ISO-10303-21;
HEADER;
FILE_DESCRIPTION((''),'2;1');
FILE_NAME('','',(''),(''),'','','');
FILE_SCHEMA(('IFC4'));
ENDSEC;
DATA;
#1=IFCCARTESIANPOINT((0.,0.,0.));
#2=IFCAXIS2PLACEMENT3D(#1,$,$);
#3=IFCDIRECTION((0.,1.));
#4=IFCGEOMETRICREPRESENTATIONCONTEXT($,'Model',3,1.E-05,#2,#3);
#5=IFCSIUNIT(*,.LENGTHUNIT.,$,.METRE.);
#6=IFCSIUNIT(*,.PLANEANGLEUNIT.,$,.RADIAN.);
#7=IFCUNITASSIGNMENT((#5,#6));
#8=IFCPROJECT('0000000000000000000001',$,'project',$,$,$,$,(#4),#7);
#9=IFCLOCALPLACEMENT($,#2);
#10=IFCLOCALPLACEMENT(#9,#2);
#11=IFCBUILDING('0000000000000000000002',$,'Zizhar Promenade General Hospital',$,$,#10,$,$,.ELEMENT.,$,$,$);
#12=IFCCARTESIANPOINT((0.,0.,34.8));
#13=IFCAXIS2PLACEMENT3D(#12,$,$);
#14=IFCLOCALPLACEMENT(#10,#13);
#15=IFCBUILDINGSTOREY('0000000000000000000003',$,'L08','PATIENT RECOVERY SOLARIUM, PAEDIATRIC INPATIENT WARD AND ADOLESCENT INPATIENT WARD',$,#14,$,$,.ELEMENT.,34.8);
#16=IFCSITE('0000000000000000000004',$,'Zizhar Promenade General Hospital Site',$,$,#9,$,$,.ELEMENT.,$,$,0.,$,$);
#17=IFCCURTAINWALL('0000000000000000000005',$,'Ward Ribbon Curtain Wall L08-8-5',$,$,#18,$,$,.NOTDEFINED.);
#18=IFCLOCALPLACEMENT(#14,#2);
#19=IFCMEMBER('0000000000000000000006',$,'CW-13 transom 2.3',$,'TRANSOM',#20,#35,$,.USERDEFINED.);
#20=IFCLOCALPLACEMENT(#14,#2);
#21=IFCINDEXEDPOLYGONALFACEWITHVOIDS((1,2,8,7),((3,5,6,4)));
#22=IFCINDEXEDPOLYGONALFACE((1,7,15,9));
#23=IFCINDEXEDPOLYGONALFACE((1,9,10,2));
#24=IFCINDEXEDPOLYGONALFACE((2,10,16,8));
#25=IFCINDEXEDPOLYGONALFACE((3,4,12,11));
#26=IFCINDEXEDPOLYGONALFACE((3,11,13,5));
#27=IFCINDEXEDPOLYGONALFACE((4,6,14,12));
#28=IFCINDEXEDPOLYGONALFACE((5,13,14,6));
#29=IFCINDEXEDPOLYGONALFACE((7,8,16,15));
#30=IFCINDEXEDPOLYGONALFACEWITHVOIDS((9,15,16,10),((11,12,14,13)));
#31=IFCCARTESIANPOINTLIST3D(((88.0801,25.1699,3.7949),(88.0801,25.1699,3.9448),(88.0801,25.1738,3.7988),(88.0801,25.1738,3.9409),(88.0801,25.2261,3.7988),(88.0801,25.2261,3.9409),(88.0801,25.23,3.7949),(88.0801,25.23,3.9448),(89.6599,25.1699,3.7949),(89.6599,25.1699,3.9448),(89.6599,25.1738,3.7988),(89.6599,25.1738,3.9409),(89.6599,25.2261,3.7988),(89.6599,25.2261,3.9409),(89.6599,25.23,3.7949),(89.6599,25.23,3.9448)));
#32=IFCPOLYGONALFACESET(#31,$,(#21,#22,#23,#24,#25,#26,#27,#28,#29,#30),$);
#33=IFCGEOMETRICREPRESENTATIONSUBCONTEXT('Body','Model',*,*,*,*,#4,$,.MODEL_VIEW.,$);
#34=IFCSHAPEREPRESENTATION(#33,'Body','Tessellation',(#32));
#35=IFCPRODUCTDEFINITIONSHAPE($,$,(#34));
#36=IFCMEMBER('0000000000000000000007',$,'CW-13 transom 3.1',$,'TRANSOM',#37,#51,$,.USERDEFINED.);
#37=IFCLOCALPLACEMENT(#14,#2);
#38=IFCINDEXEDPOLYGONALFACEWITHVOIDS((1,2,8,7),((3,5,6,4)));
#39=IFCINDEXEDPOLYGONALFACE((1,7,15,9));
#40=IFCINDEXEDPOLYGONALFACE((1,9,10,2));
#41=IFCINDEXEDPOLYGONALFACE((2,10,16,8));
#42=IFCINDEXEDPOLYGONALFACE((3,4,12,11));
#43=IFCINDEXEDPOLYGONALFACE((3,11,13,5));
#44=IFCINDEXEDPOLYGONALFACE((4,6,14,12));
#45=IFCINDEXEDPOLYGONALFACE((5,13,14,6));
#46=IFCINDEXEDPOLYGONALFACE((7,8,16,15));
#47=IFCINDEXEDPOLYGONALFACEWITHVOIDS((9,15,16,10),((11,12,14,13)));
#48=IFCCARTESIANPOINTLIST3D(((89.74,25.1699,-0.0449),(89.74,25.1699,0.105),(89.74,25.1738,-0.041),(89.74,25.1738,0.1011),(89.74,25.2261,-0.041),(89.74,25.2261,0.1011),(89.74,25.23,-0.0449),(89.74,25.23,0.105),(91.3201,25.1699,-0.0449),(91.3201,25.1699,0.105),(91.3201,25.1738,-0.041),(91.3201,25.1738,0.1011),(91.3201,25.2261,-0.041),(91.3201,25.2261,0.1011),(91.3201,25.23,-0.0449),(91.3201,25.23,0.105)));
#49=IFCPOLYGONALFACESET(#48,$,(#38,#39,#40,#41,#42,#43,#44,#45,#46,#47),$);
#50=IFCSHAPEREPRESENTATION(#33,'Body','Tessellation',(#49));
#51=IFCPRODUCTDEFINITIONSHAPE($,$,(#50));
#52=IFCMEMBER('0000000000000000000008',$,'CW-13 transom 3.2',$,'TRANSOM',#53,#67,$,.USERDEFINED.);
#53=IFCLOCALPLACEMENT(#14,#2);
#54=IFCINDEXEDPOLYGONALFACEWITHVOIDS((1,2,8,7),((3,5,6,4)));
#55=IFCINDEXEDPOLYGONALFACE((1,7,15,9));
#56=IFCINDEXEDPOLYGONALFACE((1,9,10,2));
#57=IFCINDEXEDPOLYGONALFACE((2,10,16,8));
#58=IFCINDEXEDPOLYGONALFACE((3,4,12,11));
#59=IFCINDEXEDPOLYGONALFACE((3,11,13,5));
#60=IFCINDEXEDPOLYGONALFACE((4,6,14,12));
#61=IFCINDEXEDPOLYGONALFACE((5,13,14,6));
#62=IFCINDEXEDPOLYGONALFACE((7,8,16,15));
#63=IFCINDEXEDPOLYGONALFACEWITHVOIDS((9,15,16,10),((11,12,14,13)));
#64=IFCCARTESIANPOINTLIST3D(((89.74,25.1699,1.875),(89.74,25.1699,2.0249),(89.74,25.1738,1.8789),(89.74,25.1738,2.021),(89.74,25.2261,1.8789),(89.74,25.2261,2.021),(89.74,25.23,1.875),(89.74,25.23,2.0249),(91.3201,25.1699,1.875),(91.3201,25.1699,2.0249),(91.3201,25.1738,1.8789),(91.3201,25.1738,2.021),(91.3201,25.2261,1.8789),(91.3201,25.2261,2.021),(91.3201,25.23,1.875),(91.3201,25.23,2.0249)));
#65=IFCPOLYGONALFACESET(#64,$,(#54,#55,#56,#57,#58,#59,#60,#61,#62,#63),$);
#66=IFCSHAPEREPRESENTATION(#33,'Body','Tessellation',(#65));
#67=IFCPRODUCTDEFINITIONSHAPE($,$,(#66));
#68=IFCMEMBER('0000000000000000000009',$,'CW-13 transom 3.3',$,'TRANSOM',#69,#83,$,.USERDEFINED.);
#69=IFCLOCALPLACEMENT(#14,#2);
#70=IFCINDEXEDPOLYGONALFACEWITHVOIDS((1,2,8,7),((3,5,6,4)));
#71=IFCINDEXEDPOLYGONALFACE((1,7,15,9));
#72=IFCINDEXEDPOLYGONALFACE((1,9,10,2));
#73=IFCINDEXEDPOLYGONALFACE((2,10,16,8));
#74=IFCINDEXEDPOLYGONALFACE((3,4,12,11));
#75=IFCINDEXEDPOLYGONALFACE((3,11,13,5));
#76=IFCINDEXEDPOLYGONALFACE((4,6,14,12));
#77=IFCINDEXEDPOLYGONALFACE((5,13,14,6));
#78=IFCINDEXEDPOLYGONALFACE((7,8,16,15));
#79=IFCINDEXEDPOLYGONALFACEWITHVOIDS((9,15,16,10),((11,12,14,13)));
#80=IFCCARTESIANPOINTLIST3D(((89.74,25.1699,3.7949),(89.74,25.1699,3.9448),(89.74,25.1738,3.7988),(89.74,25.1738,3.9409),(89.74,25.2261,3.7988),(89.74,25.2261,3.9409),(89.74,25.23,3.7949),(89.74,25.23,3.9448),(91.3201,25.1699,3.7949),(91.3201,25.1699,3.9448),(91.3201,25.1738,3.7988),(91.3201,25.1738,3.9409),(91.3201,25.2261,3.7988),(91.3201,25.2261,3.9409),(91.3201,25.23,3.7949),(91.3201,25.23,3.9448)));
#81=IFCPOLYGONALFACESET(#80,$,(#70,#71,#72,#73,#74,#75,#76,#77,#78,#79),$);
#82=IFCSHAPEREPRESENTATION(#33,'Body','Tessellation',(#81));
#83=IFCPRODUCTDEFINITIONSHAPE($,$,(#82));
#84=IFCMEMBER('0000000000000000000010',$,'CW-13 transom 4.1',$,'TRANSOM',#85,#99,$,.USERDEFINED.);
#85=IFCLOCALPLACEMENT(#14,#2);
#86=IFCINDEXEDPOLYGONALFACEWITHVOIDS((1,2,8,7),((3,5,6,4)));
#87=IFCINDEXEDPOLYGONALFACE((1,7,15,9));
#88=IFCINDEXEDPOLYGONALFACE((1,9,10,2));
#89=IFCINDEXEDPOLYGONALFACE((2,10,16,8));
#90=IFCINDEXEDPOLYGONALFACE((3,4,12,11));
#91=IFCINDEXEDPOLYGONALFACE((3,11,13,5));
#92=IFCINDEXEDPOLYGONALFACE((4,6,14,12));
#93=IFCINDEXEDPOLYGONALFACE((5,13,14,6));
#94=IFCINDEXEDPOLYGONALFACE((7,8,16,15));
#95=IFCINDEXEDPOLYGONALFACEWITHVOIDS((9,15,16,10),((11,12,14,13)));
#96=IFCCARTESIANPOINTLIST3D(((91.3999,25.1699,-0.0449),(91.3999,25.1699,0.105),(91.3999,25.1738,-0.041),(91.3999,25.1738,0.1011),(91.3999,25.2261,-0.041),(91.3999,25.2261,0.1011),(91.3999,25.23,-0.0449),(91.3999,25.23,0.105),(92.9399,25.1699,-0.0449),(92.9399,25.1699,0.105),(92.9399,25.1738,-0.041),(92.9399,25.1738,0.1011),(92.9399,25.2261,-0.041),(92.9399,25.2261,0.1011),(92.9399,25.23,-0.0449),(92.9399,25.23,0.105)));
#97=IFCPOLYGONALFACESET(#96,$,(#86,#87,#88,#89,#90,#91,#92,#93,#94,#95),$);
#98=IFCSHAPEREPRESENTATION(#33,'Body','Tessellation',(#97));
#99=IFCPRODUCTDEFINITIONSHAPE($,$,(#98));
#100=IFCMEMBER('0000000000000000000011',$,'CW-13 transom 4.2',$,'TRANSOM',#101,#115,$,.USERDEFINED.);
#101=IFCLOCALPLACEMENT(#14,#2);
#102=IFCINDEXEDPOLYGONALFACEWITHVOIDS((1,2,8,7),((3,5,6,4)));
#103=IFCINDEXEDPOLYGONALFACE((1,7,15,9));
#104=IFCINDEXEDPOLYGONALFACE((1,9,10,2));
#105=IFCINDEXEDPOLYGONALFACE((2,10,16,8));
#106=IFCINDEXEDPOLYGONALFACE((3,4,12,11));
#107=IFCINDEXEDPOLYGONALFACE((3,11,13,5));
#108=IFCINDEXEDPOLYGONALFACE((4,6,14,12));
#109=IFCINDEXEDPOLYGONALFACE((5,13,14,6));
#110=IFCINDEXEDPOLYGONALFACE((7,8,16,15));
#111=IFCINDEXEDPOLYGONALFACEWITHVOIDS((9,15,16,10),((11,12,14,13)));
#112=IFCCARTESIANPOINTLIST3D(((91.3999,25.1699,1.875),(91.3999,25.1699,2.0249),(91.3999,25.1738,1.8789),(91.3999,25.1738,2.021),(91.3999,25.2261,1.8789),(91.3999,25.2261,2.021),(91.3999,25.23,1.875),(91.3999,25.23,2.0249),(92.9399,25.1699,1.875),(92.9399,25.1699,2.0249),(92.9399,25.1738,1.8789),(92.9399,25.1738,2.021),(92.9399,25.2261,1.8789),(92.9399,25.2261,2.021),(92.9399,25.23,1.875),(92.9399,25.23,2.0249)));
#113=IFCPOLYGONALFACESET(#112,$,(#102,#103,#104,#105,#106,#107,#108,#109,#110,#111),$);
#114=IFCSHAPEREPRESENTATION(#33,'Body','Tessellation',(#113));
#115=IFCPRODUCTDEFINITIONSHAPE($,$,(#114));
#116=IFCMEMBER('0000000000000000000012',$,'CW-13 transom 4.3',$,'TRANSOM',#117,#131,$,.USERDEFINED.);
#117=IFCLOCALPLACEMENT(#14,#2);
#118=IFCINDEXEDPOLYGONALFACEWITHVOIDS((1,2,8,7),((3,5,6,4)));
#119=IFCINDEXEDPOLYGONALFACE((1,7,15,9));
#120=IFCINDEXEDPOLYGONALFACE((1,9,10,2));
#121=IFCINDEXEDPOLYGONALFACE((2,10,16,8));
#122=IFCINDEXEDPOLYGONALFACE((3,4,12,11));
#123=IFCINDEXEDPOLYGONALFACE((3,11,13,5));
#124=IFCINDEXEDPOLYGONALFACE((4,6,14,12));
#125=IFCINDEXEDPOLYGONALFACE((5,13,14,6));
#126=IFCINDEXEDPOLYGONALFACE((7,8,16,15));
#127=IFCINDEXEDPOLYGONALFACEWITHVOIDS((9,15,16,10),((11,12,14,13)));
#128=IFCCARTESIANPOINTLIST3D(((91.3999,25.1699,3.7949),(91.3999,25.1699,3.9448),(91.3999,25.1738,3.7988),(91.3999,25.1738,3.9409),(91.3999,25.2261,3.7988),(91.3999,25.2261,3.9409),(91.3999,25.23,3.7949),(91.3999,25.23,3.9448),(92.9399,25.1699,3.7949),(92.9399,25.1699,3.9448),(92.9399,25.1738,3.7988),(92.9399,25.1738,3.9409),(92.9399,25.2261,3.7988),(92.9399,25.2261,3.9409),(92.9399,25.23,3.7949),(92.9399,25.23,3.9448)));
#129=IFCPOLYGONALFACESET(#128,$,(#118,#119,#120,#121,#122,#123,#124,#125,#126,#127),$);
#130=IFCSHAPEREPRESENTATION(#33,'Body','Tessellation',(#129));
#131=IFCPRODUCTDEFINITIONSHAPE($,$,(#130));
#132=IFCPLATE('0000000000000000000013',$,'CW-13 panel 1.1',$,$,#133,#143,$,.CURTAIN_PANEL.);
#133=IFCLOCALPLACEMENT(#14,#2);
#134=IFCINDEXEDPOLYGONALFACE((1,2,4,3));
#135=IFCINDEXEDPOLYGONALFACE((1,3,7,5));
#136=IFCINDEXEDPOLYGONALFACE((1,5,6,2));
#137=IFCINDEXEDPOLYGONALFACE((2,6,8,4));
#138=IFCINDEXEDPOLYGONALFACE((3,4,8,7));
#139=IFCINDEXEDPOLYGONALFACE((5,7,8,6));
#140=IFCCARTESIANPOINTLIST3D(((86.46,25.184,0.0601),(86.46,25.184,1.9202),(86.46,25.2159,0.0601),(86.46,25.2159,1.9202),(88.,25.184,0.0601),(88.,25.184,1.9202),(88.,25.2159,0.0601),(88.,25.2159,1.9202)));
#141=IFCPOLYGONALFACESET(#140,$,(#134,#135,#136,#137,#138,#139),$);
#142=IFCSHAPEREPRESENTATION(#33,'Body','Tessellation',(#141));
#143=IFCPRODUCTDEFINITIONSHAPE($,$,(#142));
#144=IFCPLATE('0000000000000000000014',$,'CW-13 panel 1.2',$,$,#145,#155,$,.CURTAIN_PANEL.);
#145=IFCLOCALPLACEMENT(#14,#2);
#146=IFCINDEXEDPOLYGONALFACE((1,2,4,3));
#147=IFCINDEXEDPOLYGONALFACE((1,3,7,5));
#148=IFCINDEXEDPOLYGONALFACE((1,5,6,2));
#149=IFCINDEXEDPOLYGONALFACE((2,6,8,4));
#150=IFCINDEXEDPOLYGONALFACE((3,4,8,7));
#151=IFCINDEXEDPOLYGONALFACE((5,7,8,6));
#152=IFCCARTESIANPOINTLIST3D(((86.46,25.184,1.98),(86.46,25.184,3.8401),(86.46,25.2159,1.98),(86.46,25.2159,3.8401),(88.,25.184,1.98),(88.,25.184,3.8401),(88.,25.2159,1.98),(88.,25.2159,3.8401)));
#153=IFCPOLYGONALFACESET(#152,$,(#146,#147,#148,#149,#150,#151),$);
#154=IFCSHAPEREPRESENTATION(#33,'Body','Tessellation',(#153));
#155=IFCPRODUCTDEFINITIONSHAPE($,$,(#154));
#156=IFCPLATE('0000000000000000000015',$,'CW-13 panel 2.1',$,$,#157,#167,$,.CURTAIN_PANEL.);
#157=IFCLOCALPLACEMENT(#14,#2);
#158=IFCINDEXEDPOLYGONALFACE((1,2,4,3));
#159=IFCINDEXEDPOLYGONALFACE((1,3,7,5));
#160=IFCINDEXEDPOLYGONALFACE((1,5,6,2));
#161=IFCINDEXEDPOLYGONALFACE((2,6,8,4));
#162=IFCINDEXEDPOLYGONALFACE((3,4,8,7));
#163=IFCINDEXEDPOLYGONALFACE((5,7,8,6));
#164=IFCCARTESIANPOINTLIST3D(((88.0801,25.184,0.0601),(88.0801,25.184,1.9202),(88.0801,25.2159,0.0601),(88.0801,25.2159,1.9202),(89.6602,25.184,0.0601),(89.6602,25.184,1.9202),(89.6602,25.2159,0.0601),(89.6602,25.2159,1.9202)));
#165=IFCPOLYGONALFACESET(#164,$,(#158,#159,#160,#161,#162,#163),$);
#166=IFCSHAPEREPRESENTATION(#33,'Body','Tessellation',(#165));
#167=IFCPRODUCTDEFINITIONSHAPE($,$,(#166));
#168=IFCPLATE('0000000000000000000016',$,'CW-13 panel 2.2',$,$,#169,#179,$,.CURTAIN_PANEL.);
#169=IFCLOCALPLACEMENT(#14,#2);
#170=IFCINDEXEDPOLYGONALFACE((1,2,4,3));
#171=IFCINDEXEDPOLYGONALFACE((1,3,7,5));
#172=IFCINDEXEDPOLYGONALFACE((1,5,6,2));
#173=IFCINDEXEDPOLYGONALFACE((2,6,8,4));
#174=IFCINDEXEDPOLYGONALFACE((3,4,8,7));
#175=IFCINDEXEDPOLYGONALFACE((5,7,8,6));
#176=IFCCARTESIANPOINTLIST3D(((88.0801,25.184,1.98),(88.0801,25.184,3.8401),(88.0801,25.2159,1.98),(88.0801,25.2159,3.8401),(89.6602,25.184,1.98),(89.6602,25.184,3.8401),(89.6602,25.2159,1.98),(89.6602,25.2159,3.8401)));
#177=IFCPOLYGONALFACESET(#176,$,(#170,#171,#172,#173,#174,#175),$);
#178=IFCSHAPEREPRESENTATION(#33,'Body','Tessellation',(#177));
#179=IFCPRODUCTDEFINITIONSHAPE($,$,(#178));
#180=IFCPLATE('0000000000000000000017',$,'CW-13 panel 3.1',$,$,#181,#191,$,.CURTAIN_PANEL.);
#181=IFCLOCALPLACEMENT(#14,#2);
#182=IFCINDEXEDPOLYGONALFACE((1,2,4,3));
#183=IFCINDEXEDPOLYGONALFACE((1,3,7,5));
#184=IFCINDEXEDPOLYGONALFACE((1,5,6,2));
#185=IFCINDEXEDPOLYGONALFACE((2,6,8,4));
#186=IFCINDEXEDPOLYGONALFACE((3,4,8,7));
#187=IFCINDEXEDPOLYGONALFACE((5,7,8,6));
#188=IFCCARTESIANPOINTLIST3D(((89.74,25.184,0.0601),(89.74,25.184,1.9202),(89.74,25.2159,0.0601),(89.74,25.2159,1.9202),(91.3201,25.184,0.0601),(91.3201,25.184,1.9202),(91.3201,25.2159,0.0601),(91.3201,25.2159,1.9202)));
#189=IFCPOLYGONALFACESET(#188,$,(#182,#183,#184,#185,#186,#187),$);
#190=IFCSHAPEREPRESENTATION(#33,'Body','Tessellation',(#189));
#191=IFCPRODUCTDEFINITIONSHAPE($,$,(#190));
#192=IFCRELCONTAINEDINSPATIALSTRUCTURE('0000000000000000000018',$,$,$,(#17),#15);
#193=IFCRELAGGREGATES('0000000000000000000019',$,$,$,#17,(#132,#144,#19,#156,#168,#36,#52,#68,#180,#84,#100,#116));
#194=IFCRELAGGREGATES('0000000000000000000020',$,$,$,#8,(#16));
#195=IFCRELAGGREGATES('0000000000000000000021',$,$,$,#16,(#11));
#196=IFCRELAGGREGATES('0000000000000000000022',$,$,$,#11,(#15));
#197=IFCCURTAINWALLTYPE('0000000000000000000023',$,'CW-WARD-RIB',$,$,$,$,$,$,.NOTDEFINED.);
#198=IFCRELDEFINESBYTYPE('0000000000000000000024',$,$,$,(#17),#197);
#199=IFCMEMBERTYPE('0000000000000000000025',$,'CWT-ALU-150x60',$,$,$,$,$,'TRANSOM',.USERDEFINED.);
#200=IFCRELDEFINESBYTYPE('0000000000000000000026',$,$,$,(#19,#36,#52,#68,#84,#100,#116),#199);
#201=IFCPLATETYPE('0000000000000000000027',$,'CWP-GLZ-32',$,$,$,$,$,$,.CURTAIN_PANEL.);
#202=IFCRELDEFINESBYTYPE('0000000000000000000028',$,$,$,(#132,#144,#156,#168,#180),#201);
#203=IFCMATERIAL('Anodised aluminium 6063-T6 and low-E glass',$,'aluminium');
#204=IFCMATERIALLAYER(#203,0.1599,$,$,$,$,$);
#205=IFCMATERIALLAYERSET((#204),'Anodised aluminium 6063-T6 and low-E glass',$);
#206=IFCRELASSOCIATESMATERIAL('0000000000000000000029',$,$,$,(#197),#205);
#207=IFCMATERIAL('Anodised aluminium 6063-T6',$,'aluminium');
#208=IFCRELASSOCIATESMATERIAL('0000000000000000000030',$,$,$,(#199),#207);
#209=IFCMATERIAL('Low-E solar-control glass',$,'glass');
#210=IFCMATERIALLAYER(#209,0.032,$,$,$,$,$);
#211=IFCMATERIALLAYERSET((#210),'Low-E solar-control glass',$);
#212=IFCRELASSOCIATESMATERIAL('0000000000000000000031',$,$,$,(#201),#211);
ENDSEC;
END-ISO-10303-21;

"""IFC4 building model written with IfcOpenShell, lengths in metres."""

from ifc_helpers import new_model, si_unit, direction, frame, origin, origin_2d, place, context, subcontext, project, spatial, rectangle, hollow_rectangle, extrude, material, layer, layer_set, material_profile, profile_set, type_object, element, aggregate, save


model = new_model("IFC4")

# Units and contexts
model_context = context("Model", 3, precision=1e-05, world=origin(), true_north=direction((0.0, 1.0)))
body_context = subcontext(model_context, "Body", "Model", "MODEL_VIEW")
ifc_project = project(units=[si_unit("LENGTHUNIT", "METRE"), si_unit("PLANEANGLEUNIT", "RADIAN")], contexts=[model_context])

# Site, building, storey
site_placement = place(None, origin())
site = spatial("IfcSite", under=ifc_project, at=site_placement, Name="Zizhar Promenade General Hospital Site", CompositionType="ELEMENT", RefElevation=0.0)
building_placement = place(site_placement, origin())
building = spatial("IfcBuilding", under=site, at=building_placement, Name="Zizhar Promenade General Hospital", CompositionType="ELEMENT")
storey_placement = place(building_placement, frame((0.0, 0.0, 34.8)))
storey = spatial("IfcBuildingStorey", under=building, at=storey_placement, Name="L08", Description="PATIENT RECOVERY SOLARIUM, PAEDIATRIC INPATIENT WARD AND ADOLESCENT INPATIENT WARD", CompositionType="ELEMENT", Elevation=34.8)

# Curtain wall, members, plates
ifc_material_1 = material(Name="Anodised aluminium 6063-T6 and low-E glass", Category="aluminium")
ifc_layer_1 = layer(ifc_material_1, 0.1599)
ifc_layer_set_1 = layer_set([ifc_layer_1], Name="Anodised aluminium 6063-T6 and low-E glass")
curtain_wall_type = type_object("IfcCurtainWallType", Name="CW-WARD-RIB", PredefinedType="NOTDEFINED", material=ifc_layer_set_1)
curtain_wall_placement = place(storey_placement, origin())
curtain_wall = element("IfcCurtainWall", 1, at=curtain_wall_placement, inside=storey, type_object=curtain_wall_type, Name="Ward Ribbon Curtain Wall L08-8-5", PredefinedType="NOTDEFINED")
ifc_material_2 = material(Name="Anodised aluminium 6063-T6", Category="aluminium")
ifc_material_profile_1 = material_profile(ifc_material_2, hollow_rectangle(XDim=0.0601, YDim=0.1499, WallThickness=0.0039, at=origin_2d()))
ifc_profile_set_1 = profile_set([ifc_material_profile_1], Name="Anodised aluminium 6063-T6")
member_type_1 = type_object("IfcMemberType", Name="CWT-ALU-150x60", ElementType="TRANSOM", PredefinedType="USERDEFINED", material=ifc_profile_set_1)
member_1_placement = place(storey_placement, frame((88.0801, 25.2, 3.8699), z_axis=(1.0, 0.0, 0.0), x_axis=(0.0, 1.0, 0.0)))
member_1 = element("IfcMember", 2, at=member_1_placement, type_object=member_type_1, Name="CW-13 transom 2.3", ObjectType="TRANSOM", PredefinedType="USERDEFINED", context=body_context, shape_type="SweptSolid", body=[
    extrude(hollow_rectangle(XDim=0.0601, YDim=0.1499, WallThickness=0.0039, at=origin_2d()), origin(), (0.0, 0.0, 1.0), 1.5798),
])
member_2_placement = place(storey_placement, frame((89.74, 25.2, 0.03), z_axis=(1.0, 0.0, 0.0), x_axis=(0.0, 1.0, 0.0)))
member_2 = element("IfcMember", 3, at=member_2_placement, type_object=member_type_1, Name="CW-13 transom 3.1", ObjectType="TRANSOM", PredefinedType="USERDEFINED", context=body_context, shape_type="SweptSolid", body=[
    extrude(hollow_rectangle(XDim=0.0601, YDim=0.1499, WallThickness=0.0039, at=origin_2d()), origin(), (0.0, 0.0, 1.0), 1.5801),
])
member_3_placement = place(storey_placement, frame((89.74, 25.2, 1.95), z_axis=(1.0, 0.0, 0.0), x_axis=(0.0, 1.0, 0.0)))
member_3 = element("IfcMember", 4, at=member_3_placement, type_object=member_type_1, Name="CW-13 transom 3.2", ObjectType="TRANSOM", PredefinedType="USERDEFINED", context=body_context, shape_type="SweptSolid", body=[
    extrude(hollow_rectangle(XDim=0.0601, YDim=0.1499, WallThickness=0.0039, at=origin_2d()), origin(), (0.0, 0.0, 1.0), 1.5801),
])
member_4_placement = place(storey_placement, frame((89.74, 25.2, 3.8699), z_axis=(1.0, 0.0, 0.0), x_axis=(0.0, 1.0, 0.0)))
member_4 = element("IfcMember", 5, at=member_4_placement, type_object=member_type_1, Name="CW-13 transom 3.3", ObjectType="TRANSOM", PredefinedType="USERDEFINED", context=body_context, shape_type="SweptSolid", body=[
    extrude(hollow_rectangle(XDim=0.0601, YDim=0.1499, WallThickness=0.0039, at=origin_2d()), origin(), (0.0, 0.0, 1.0), 1.5801),
])
member_5_placement = place(storey_placement, frame((91.3999, 25.2, 0.03), z_axis=(1.0, 0.0, 0.0), x_axis=(0.0, 1.0, 0.0)))
member_5 = element("IfcMember", 6, at=member_5_placement, type_object=member_type_1, Name="CW-13 transom 4.1", ObjectType="TRANSOM", PredefinedType="USERDEFINED", context=body_context, shape_type="SweptSolid", body=[
    extrude(hollow_rectangle(XDim=0.0601, YDim=0.1499, WallThickness=0.0039, at=origin_2d()), origin(), (0.0, 0.0, 1.0), 1.54),
])
member_6_placement = place(storey_placement, frame((91.3999, 25.2, 1.95), z_axis=(1.0, 0.0, 0.0), x_axis=(0.0, 1.0, 0.0)))
member_6 = element("IfcMember", 7, at=member_6_placement, type_object=member_type_1, Name="CW-13 transom 4.2", ObjectType="TRANSOM", PredefinedType="USERDEFINED", context=body_context, shape_type="SweptSolid", body=[
    extrude(hollow_rectangle(XDim=0.0601, YDim=0.1499, WallThickness=0.0039, at=origin_2d()), origin(), (0.0, 0.0, 1.0), 1.54),
])
member_7_placement = place(storey_placement, frame((91.3999, 25.2, 3.8699), z_axis=(1.0, 0.0, 0.0), x_axis=(0.0, 1.0, 0.0)))
member_7 = element("IfcMember", 8, at=member_7_placement, type_object=member_type_1, Name="CW-13 transom 4.3", ObjectType="TRANSOM", PredefinedType="USERDEFINED", context=body_context, shape_type="SweptSolid", body=[
    extrude(hollow_rectangle(XDim=0.0601, YDim=0.1499, WallThickness=0.0039, at=origin_2d()), origin(), (0.0, 0.0, 1.0), 1.54),
])
ifc_material_3 = material(Name="Low-E solar-control glass", Category="glass")
ifc_layer_2 = layer(ifc_material_3, 0.032)
ifc_layer_set_2 = layer_set([ifc_layer_2], Name="Low-E solar-control glass")
plate_type = type_object("IfcPlateType", Name="CWP-GLZ-32", PredefinedType="CURTAIN_PANEL", material=ifc_layer_set_2)
plate_1_placement = place(storey_placement, frame((87.23, 25.2, 0.0601), z_axis=(0.0, 0.0, 1.0), x_axis=(1.0, 0.0, 0.0)))
plate_1 = element("IfcPlate", 9, at=plate_1_placement, type_object=plate_type, Name="CW-13 panel 1.1", PredefinedType="CURTAIN_PANEL", context=body_context, shape_type="SweptSolid", body=[
    extrude(rectangle(XDim=1.54, YDim=0.032, at=origin_2d()), origin(), (0.0, 0.0, 1.0), 1.8601),
])
plate_2_placement = place(storey_placement, frame((87.23, 25.2, 1.98), z_axis=(0.0, 0.0, 1.0), x_axis=(1.0, 0.0, 0.0)))
plate_2 = element("IfcPlate", 10, at=plate_2_placement, type_object=plate_type, Name="CW-13 panel 1.2", PredefinedType="CURTAIN_PANEL", context=body_context, shape_type="SweptSolid", body=[
    extrude(rectangle(XDim=1.54, YDim=0.032, at=origin_2d()), origin(), (0.0, 0.0, 1.0), 1.8601),
])
plate_3_placement = place(storey_placement, frame((88.8701, 25.2, 0.0601), z_axis=(0.0, 0.0, 1.0), x_axis=(1.0, 0.0, 0.0)))
plate_3 = element("IfcPlate", 11, at=plate_3_placement, type_object=plate_type, Name="CW-13 panel 2.1", PredefinedType="CURTAIN_PANEL", context=body_context, shape_type="SweptSolid", body=[
    extrude(rectangle(XDim=1.5801, YDim=0.032, at=origin_2d()), origin(), (0.0, 0.0, 1.0), 1.8601),
])
plate_4_placement = place(storey_placement, frame((88.8701, 25.2, 1.98), z_axis=(0.0, 0.0, 1.0), x_axis=(1.0, 0.0, 0.0)))
plate_4 = element("IfcPlate", 12, at=plate_4_placement, type_object=plate_type, Name="CW-13 panel 2.2", PredefinedType="CURTAIN_PANEL", context=body_context, shape_type="SweptSolid", body=[
    extrude(rectangle(XDim=1.5801, YDim=0.032, at=origin_2d()), origin(), (0.0, 0.0, 1.0), 1.8601),
])
plate_5_placement = place(storey_placement, frame((90.53, 25.2, 0.0601), z_axis=(0.0, 0.0, 1.0), x_axis=(1.0, 0.0, 0.0)))
plate_5 = element("IfcPlate", 13, at=plate_5_placement, type_object=plate_type, Name="CW-13 panel 3.1", PredefinedType="CURTAIN_PANEL", context=body_context, shape_type="SweptSolid", body=[
    extrude(rectangle(XDim=1.5801, YDim=0.032, at=origin_2d()), origin(), (0.0, 0.0, 1.0), 1.8601),
])
aggregate(curtain_wall, [plate_1, plate_2, member_1, plate_3, plate_4, member_2, member_3, member_4, plate_5, member_5, member_6, member_7])

save(model, "model.ifc")
